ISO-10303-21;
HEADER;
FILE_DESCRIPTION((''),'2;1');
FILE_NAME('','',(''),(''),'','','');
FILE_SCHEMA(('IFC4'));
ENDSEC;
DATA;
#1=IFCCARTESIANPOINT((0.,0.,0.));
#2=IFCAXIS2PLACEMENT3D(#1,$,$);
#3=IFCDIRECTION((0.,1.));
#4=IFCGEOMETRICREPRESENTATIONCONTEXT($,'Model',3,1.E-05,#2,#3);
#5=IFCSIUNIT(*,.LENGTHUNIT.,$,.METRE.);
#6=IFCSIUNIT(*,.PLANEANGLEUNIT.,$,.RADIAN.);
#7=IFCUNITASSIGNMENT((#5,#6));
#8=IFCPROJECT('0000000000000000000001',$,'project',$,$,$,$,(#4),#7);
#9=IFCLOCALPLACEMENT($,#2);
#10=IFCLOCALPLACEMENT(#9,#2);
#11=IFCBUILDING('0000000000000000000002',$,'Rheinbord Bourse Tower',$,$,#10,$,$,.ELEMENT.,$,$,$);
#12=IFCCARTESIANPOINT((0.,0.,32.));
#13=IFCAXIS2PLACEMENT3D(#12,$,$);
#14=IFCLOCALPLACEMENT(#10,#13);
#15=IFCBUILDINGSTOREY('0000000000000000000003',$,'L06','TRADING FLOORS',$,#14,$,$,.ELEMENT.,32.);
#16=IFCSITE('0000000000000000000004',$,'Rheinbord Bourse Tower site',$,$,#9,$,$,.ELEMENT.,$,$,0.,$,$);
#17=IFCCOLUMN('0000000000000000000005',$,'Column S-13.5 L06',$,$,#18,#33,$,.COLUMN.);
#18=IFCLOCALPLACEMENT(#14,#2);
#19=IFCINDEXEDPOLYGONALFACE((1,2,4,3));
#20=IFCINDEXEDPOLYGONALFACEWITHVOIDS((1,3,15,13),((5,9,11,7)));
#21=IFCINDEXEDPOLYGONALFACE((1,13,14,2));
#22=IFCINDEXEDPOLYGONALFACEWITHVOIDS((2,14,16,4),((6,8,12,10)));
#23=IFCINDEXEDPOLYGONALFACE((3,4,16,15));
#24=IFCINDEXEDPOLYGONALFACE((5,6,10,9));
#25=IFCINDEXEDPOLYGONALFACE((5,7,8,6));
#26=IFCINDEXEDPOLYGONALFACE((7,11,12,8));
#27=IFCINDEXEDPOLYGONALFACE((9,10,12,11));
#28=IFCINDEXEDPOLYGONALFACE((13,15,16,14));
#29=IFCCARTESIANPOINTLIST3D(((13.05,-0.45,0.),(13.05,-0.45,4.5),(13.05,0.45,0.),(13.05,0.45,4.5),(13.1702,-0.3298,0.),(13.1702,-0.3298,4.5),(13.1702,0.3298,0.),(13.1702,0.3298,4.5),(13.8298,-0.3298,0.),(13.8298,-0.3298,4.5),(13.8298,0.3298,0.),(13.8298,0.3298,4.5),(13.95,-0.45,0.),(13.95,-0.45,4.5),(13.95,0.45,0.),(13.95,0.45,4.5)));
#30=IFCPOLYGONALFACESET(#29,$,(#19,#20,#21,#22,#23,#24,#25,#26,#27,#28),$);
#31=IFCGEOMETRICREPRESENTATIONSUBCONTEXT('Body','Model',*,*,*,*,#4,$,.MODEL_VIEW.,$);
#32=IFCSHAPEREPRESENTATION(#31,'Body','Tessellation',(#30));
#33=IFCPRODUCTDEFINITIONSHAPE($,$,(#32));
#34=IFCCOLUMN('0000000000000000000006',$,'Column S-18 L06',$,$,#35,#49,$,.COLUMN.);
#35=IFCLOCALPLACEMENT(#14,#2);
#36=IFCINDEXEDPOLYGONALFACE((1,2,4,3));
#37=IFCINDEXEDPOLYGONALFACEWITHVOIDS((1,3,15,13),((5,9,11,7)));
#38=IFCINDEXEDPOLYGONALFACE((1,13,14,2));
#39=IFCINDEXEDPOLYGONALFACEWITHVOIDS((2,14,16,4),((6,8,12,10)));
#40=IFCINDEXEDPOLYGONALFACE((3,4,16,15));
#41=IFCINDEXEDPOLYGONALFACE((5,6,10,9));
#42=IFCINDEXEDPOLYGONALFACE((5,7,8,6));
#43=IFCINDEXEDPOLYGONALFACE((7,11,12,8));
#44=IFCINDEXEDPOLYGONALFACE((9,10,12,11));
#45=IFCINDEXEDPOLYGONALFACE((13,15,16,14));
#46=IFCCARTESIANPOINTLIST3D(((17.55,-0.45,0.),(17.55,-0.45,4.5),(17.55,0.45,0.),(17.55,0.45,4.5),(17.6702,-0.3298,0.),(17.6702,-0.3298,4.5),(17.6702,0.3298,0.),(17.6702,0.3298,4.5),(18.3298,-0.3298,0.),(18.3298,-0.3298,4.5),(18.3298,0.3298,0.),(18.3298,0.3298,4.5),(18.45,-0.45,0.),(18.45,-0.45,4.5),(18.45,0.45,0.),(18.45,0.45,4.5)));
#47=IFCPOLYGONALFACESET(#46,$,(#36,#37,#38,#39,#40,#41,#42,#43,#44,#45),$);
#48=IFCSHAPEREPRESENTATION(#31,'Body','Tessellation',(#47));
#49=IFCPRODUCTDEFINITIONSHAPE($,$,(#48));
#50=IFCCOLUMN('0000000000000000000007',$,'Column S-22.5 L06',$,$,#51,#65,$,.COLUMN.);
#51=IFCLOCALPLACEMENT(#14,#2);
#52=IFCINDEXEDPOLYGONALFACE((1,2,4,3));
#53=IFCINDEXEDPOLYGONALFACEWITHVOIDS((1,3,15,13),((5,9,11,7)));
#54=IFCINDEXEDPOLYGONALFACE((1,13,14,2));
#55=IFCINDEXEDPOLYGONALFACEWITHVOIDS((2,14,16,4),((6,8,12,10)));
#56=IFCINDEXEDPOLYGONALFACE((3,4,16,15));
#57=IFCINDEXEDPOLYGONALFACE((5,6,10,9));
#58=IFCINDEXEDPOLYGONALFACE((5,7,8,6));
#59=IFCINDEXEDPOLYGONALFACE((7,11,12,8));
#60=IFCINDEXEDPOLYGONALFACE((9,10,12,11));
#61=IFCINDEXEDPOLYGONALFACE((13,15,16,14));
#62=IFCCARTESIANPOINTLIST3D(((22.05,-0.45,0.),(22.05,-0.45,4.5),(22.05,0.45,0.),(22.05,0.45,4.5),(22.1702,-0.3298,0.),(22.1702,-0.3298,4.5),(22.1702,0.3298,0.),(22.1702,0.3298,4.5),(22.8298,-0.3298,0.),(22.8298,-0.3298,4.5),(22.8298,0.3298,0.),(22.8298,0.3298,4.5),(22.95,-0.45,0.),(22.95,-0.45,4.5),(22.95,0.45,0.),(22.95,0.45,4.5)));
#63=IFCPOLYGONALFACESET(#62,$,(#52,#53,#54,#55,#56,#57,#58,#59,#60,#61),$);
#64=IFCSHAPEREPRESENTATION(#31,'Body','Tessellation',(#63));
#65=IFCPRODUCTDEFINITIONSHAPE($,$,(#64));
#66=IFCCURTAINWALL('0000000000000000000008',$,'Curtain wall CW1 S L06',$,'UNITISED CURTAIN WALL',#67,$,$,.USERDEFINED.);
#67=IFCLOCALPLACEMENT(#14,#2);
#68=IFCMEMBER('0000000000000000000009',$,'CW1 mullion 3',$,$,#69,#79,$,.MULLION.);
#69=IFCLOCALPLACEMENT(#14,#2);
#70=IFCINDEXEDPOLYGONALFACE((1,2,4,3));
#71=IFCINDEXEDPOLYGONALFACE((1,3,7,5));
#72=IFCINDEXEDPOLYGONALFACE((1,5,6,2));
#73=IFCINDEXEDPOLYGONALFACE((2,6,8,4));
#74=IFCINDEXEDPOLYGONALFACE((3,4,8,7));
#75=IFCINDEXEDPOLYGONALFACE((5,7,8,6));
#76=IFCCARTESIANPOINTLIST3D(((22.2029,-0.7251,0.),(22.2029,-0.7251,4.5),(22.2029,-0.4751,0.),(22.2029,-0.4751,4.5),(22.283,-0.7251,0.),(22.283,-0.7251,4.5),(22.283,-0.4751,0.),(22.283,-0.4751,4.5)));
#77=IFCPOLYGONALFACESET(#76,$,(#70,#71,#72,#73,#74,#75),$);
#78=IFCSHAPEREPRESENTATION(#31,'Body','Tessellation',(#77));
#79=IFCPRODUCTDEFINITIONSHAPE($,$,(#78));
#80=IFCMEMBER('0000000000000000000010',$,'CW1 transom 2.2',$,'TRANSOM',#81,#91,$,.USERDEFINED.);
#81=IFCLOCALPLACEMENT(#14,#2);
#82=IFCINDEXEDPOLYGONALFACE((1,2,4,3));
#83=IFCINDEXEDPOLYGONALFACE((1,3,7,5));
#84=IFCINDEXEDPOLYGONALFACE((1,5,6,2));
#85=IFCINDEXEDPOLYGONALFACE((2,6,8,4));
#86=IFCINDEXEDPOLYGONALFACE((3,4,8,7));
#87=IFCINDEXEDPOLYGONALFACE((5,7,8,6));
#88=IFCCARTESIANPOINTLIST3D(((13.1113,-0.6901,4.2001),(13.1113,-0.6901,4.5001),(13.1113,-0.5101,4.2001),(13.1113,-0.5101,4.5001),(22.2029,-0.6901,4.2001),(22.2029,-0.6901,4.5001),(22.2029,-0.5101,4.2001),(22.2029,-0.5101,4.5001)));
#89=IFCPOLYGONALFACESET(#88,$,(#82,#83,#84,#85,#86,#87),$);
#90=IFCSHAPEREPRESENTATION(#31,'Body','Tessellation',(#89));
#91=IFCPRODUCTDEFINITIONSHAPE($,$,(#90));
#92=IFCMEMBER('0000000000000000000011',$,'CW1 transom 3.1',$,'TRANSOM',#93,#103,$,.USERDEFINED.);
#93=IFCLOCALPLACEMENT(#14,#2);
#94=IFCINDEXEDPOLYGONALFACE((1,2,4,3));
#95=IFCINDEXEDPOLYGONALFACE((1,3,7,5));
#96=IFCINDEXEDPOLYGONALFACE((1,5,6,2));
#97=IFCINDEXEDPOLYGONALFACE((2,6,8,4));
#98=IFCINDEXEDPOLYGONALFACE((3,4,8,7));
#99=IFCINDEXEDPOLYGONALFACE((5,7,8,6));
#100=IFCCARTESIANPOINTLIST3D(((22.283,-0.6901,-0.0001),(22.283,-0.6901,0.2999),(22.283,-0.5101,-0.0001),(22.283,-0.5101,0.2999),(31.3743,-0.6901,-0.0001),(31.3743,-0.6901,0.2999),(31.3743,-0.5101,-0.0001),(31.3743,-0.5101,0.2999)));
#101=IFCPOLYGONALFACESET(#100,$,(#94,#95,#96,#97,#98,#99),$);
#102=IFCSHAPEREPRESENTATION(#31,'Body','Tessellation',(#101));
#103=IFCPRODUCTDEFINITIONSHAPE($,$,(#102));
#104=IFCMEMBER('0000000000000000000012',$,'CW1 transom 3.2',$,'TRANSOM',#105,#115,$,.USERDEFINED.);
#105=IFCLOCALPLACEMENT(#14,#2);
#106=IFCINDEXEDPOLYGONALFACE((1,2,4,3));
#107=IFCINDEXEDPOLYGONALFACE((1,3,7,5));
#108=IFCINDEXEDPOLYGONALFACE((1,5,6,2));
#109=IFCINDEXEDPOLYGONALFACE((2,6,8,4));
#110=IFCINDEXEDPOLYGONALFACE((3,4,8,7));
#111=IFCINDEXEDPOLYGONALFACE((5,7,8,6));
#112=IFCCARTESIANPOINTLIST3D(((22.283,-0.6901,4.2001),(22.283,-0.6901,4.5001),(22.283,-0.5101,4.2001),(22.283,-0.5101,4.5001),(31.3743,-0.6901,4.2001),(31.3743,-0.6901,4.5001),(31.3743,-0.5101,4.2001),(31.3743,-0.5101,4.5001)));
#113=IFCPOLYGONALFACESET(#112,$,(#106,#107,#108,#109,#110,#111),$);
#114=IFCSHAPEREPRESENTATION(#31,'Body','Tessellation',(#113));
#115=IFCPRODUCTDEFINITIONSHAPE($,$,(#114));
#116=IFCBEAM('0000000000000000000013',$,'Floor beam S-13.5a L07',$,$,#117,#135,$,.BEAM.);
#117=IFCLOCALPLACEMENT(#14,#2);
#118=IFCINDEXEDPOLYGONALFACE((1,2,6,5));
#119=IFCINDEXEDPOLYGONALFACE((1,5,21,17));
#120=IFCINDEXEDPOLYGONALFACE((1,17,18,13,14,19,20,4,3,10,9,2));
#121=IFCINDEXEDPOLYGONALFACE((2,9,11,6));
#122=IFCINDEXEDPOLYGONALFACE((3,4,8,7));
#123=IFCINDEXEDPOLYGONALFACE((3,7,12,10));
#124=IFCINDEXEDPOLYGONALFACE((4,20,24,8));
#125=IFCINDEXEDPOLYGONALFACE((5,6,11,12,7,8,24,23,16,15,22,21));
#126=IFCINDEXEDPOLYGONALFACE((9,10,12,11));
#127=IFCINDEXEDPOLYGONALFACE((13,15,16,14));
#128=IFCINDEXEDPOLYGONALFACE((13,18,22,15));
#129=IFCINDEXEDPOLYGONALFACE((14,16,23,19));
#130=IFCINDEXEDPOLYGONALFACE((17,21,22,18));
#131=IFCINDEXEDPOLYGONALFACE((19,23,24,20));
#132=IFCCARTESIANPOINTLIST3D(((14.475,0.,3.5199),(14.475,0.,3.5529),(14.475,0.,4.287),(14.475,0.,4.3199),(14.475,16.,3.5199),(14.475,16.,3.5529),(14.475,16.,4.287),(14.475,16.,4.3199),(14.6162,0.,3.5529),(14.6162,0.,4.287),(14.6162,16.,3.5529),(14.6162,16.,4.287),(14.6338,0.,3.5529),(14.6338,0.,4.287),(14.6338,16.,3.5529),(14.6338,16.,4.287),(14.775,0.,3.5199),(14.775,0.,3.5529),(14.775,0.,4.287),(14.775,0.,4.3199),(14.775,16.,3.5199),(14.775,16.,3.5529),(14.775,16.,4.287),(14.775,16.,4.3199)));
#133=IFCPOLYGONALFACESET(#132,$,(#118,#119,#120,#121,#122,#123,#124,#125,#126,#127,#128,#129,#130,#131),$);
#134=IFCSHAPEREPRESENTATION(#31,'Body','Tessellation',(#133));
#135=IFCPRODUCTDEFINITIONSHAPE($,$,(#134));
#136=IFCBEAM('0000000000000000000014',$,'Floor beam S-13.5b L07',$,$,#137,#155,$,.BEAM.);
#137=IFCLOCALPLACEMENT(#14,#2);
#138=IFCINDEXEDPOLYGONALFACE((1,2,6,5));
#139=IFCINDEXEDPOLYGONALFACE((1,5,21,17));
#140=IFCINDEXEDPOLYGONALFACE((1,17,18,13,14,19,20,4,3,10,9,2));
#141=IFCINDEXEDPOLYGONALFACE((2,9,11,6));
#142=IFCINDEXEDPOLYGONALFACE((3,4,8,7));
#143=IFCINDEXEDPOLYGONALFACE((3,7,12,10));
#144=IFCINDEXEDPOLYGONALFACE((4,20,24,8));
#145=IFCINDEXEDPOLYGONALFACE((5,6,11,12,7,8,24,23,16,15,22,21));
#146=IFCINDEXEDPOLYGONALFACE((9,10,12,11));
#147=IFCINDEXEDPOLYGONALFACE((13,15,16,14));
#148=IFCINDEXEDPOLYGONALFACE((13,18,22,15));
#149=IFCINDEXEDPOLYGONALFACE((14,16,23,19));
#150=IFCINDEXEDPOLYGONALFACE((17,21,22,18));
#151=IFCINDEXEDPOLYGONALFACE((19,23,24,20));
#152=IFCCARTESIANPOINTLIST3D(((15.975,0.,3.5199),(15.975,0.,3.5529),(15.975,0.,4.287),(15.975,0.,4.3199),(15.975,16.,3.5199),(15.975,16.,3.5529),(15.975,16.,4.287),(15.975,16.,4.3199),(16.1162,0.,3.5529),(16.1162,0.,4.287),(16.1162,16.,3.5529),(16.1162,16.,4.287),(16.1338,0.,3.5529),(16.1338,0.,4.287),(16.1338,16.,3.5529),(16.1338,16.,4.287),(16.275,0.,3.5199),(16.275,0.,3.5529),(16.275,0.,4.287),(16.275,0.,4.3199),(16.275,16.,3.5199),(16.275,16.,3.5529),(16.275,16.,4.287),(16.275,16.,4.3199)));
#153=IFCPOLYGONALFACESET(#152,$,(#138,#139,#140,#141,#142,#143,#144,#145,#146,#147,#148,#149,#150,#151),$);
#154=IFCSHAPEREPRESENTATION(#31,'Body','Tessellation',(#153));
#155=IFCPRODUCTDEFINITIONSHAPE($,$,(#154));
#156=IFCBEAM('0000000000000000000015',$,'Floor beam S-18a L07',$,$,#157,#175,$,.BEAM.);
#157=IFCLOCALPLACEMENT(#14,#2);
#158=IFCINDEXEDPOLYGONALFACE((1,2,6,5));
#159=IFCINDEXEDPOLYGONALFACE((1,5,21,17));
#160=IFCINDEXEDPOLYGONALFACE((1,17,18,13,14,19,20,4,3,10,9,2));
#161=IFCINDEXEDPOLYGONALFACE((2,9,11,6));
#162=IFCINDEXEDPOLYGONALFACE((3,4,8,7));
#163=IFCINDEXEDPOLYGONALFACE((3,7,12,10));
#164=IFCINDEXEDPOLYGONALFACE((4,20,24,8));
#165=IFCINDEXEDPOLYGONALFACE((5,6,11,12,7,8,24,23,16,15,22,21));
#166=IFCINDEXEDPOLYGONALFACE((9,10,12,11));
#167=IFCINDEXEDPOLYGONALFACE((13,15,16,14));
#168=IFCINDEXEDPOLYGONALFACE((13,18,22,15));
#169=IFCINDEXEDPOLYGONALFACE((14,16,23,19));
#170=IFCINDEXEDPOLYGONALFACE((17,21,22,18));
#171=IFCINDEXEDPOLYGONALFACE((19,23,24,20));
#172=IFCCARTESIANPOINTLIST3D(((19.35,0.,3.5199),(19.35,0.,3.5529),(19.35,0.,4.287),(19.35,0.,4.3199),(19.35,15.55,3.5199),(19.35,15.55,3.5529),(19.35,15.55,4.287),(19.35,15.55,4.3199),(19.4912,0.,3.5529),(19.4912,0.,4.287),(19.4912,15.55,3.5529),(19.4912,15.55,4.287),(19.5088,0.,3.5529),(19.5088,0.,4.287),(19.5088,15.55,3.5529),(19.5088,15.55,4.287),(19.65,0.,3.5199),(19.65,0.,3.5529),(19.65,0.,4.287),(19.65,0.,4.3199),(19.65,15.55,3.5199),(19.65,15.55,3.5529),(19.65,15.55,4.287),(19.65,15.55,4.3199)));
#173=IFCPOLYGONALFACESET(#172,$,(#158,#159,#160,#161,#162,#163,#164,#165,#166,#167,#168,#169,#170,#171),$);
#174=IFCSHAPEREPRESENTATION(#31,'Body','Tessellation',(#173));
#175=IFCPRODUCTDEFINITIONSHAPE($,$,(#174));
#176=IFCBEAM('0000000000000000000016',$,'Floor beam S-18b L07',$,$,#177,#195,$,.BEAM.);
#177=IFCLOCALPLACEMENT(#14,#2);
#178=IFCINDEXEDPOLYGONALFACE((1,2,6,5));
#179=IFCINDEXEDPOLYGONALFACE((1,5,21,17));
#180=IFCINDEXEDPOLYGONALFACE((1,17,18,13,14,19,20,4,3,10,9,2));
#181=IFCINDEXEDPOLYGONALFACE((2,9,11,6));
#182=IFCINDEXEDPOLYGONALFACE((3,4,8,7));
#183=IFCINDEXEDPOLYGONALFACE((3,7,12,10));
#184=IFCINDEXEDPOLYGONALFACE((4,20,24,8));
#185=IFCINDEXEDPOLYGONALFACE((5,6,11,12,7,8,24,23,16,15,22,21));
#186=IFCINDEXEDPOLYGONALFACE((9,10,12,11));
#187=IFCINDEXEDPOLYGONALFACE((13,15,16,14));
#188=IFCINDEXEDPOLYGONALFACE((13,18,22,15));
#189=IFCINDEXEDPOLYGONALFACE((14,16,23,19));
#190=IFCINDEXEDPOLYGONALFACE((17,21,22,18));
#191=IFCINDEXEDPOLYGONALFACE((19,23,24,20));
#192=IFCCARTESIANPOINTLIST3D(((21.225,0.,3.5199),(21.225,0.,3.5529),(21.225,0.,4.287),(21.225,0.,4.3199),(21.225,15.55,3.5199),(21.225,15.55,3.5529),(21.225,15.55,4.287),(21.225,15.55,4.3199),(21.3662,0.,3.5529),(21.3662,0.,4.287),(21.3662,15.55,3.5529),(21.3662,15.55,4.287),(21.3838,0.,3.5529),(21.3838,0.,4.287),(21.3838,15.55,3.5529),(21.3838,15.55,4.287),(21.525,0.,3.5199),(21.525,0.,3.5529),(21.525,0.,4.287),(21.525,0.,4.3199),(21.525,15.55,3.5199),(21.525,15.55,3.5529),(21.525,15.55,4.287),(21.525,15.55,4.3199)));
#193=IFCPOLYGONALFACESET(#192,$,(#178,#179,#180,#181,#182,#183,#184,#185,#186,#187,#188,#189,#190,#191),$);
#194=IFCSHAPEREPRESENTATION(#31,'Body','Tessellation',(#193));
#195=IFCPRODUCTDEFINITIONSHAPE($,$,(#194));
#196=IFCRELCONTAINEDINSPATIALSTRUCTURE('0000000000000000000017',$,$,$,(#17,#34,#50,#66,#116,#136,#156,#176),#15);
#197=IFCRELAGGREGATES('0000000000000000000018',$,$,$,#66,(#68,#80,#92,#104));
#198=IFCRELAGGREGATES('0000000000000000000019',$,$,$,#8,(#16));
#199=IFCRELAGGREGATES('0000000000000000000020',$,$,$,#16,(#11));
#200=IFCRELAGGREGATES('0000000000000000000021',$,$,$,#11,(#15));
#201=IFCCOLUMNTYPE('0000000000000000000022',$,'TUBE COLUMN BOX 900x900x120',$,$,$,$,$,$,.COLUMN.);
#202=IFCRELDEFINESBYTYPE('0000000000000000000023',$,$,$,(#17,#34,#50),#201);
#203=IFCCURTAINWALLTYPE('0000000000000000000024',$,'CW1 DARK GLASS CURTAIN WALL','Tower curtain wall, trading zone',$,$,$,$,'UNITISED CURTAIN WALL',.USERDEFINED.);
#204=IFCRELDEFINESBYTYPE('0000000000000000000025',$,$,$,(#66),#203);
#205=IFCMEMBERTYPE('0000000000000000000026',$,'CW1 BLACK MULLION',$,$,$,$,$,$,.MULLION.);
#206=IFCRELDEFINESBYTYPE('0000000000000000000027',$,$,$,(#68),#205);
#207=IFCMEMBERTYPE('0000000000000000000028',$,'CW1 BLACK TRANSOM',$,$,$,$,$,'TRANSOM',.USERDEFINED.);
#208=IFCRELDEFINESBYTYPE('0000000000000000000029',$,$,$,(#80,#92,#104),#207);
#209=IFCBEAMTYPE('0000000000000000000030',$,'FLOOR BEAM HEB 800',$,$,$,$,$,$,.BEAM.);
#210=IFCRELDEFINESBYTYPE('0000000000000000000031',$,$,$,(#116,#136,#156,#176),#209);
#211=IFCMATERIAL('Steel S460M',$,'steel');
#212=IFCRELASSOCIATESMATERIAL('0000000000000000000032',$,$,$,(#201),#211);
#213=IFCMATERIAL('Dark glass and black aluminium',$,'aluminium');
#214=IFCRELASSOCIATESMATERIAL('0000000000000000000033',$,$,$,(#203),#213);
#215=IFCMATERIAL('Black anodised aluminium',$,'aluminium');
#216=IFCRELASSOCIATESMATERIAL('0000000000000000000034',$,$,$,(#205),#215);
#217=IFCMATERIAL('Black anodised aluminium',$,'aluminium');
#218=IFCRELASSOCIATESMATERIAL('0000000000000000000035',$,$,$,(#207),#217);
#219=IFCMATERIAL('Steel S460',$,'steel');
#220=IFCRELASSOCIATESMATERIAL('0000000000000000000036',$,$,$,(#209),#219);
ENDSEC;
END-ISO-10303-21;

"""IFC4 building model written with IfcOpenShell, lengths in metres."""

from ifc_helpers import new_model, si_unit, direction, frame, origin, origin_2d, place, context, subcontext, project, spatial, rectangle, hollow_rectangle, i_section, extrude, material, material_profile, profile_set, type_object, element, aggregate, save


model = new_model("IFC4")

# Units and contexts
model_context = context("Model", 3, precision=1e-05, world=origin(), true_north=direction((0.0, 1.0)))
body_context = subcontext(model_context, "Body", "Model", "MODEL_VIEW")
ifc_project = project(units=[si_unit("LENGTHUNIT", "METRE"), si_unit("PLANEANGLEUNIT", "RADIAN")], contexts=[model_context])

# Site, building, storey
site_placement = place(None, origin())
site = spatial("IfcSite", under=ifc_project, at=site_placement, Name="Rheinbord Bourse Tower site", CompositionType="ELEMENT", RefElevation=0.0)
building_placement = place(site_placement, origin())
building = spatial("IfcBuilding", under=site, at=building_placement, Name="Rheinbord Bourse Tower", CompositionType="ELEMENT")
storey_placement = place(building_placement, frame((0.0, 0.0, 32.0)))
storey = spatial("IfcBuildingStorey", under=building, at=storey_placement, Name="L06", Description="TRADING FLOORS", CompositionType="ELEMENT", Elevation=32.0)

# Columns
ifc_material_1 = material(Name="Steel S460M", Category="steel")
ifc_material_profile_1 = material_profile(ifc_material_1, hollow_rectangle(XDim=0.8999, YDim=0.8999, WallThickness=0.1201, at=origin_2d()), Name="BOX 900x900x120")
ifc_profile_set_1 = profile_set([ifc_material_profile_1], Name="Steel S460M")
column_type = type_object("IfcColumnType", Name="TUBE COLUMN BOX 900x900x120", PredefinedType="COLUMN", material=ifc_profile_set_1)
for number, where, z_axis, x_axis, name in (
    (1, (13.5, 0.0, 0.0), (0.0, 0.0, 1.0), (0.0, 1.0, 0.0), "Column S-13.5 L06"),
    (2, (18.0, 0.0, 0.0), (0.0, 0.0, 1.0), (0.0, 1.0, 0.0), "Column S-18 L06"),
    (3, (22.5, 0.0, 0.0), (0.0, 0.0, 1.0), (0.0, 1.0, 0.0), "Column S-22.5 L06"),
):
    element("IfcColumn", number, at=place(storey_placement, frame(where, z_axis=z_axis, x_axis=x_axis)), inside=storey, type_object=column_type, Name=name, PredefinedType="COLUMN", context=body_context, shape_type="SweptSolid", body=[
        extrude(hollow_rectangle(XDim=0.8999, YDim=0.8999, WallThickness=0.1201, at=origin_2d()), origin(), (0.0, 0.0, 1.0), 4.5),
    ])

# Curtain wall, members
ifc_material_2 = material(Name="Dark glass and black aluminium", Category="aluminium")
curtain_wall_type = type_object("IfcCurtainWallType", Name="CW1 DARK GLASS CURTAIN WALL", Description="Tower curtain wall, trading zone", ElementType="UNITISED CURTAIN WALL", PredefinedType="USERDEFINED", material=ifc_material_2)
curtain_wall_placement = place(storey_placement, origin())
curtain_wall = element("IfcCurtainWall", 4, at=curtain_wall_placement, inside=storey, type_object=curtain_wall_type, Name="Curtain wall CW1 S L06", ObjectType="UNITISED CURTAIN WALL", PredefinedType="USERDEFINED")
ifc_material_3 = material(Name="Black anodised aluminium", Category="aluminium")
ifc_material_profile_2 = material_profile(ifc_material_3, rectangle(XDim=0.25, YDim=0.0801, at=origin_2d()), Name="CW1 MULLION 80x250")
ifc_profile_set_2 = profile_set([ifc_material_profile_2], Name="Black anodised aluminium")
member_type_1 = type_object("IfcMemberType", Name="CW1 BLACK MULLION", PredefinedType="MULLION", material=ifc_profile_set_2)
member_1_placement = place(storey_placement, frame((22.2429, -0.6001, 0.0), z_axis=(0.0, 0.0, 1.0), x_axis=(0.0, 1.0, 0.0)))
member_1 = element("IfcMember", 5, at=member_1_placement, type_object=member_type_1, Name="CW1 mullion 3", PredefinedType="MULLION", context=body_context, shape_type="SweptSolid", body=[
    extrude(rectangle(XDim=0.25, YDim=0.0801, at=origin_2d()), origin(), (0.0, 0.0, 1.0), 4.5),
])
ifc_material_4 = material(Name="Black anodised aluminium", Category="aluminium")
ifc_material_profile_3 = material_profile(ifc_material_4, rectangle(XDim=0.1799, YDim=0.3, at=origin_2d()), Name="CW1 TRANSOM 300x180")
ifc_profile_set_3 = profile_set([ifc_material_profile_3], Name="Black anodised aluminium")
member_type_2 = type_object("IfcMemberType", Name="CW1 BLACK TRANSOM", ElementType="TRANSOM", PredefinedType="USERDEFINED", material=ifc_profile_set_3)
member_2_placement = place(storey_placement, frame((13.1113, -0.6001, 4.3501), z_axis=(1.0, 0.0, 0.0), x_axis=(0.0, 1.0, 0.0)))
member_2 = element("IfcMember", 6, at=member_2_placement, type_object=member_type_2, Name="CW1 transom 2.2", ObjectType="TRANSOM", PredefinedType="USERDEFINED", context=body_context, shape_type="SweptSolid", body=[
    extrude(rectangle(XDim=0.1799, YDim=0.3, at=origin_2d()), origin(), (0.0, 0.0, 1.0), 9.0916),
])
member_3_placement = place(storey_placement, frame((22.283, -0.6001, 0.1499), z_axis=(1.0, 0.0, 0.0), x_axis=(0.0, 1.0, 0.0)))
member_3 = element("IfcMember", 7, at=member_3_placement, type_object=member_type_2, Name="CW1 transom 3.1", ObjectType="TRANSOM", PredefinedType="USERDEFINED", context=body_context, shape_type="SweptSolid", body=[
    extrude(rectangle(XDim=0.1799, YDim=0.3, at=origin_2d()), origin(), (0.0, 0.0, 1.0), 9.0913),
])
member_4_placement = place(storey_placement, frame((22.283, -0.6001, 4.3501), z_axis=(1.0, 0.0, 0.0), x_axis=(0.0, 1.0, 0.0)))
member_4 = element("IfcMember", 8, at=member_4_placement, type_object=member_type_2, Name="CW1 transom 3.2", ObjectType="TRANSOM", PredefinedType="USERDEFINED", context=body_context, shape_type="SweptSolid", body=[
    extrude(rectangle(XDim=0.1799, YDim=0.3, at=origin_2d()), origin(), (0.0, 0.0, 1.0), 9.0913),
])

# Beams
ifc_material_5 = material(Name="Steel S460", Category="steel")
ifc_material_profile_4 = material_profile(ifc_material_5, i_section(OverallWidth=0.3, OverallDepth=0.8, WebThickness=0.0176, FlangeThickness=0.033, at=origin_2d()), Name="HEB 800")
ifc_profile_set_4 = profile_set([ifc_material_profile_4], Name="Steel S460")
beam_type_1 = type_object("IfcBeamType", Name="FLOOR BEAM HEB 800", PredefinedType="BEAM", material=ifc_profile_set_4)
for number, where, z_axis, x_axis, name in (
    (9, (14.625, 0.0, 3.9199), (0.0, 1.0, 0.0), (-1.0, 0.0, 0.0), "Floor beam S-13.5a L07"),
    (10, (16.125, 0.0, 3.9199), (0.0, 1.0, 0.0), (-1.0, 0.0, 0.0), "Floor beam S-13.5b L07"),
):
    element("IfcBeam", number, at=place(storey_placement, frame(where, z_axis=z_axis, x_axis=x_axis)), inside=storey, type_object=beam_type_1, Name=name, PredefinedType="BEAM", context=body_context, shape_type="SweptSolid", body=[
        extrude(i_section(OverallWidth=0.3, OverallDepth=0.8, WebThickness=0.0176, FlangeThickness=0.033, at=origin_2d()), origin(), (0.0, 0.0, 1.0), 16.0),
    ])
for number, where, z_axis, x_axis, name in (
    (11, (19.5, 0.0, 3.9199), (0.0, 1.0, 0.0), (-1.0, 0.0, 0.0), "Floor beam S-18a L07"),
    (12, (21.375, 0.0, 3.9199), (0.0, 1.0, 0.0), (-1.0, 0.0, 0.0), "Floor beam S-18b L07"),
):
    element("IfcBeam", number, at=place(storey_placement, frame(where, z_axis=z_axis, x_axis=x_axis)), inside=storey, type_object=beam_type_1, Name=name, PredefinedType="BEAM", context=body_context, shape_type="SweptSolid", body=[
        extrude(i_section(OverallWidth=0.3, OverallDepth=0.8, WebThickness=0.0176, FlangeThickness=0.033, at=origin_2d()), origin(), (0.0, 0.0, 1.0), 15.55),
    ])

aggregate(curtain_wall, [member_1, member_2, member_3, member_4])

save(model, "model.ifc")
